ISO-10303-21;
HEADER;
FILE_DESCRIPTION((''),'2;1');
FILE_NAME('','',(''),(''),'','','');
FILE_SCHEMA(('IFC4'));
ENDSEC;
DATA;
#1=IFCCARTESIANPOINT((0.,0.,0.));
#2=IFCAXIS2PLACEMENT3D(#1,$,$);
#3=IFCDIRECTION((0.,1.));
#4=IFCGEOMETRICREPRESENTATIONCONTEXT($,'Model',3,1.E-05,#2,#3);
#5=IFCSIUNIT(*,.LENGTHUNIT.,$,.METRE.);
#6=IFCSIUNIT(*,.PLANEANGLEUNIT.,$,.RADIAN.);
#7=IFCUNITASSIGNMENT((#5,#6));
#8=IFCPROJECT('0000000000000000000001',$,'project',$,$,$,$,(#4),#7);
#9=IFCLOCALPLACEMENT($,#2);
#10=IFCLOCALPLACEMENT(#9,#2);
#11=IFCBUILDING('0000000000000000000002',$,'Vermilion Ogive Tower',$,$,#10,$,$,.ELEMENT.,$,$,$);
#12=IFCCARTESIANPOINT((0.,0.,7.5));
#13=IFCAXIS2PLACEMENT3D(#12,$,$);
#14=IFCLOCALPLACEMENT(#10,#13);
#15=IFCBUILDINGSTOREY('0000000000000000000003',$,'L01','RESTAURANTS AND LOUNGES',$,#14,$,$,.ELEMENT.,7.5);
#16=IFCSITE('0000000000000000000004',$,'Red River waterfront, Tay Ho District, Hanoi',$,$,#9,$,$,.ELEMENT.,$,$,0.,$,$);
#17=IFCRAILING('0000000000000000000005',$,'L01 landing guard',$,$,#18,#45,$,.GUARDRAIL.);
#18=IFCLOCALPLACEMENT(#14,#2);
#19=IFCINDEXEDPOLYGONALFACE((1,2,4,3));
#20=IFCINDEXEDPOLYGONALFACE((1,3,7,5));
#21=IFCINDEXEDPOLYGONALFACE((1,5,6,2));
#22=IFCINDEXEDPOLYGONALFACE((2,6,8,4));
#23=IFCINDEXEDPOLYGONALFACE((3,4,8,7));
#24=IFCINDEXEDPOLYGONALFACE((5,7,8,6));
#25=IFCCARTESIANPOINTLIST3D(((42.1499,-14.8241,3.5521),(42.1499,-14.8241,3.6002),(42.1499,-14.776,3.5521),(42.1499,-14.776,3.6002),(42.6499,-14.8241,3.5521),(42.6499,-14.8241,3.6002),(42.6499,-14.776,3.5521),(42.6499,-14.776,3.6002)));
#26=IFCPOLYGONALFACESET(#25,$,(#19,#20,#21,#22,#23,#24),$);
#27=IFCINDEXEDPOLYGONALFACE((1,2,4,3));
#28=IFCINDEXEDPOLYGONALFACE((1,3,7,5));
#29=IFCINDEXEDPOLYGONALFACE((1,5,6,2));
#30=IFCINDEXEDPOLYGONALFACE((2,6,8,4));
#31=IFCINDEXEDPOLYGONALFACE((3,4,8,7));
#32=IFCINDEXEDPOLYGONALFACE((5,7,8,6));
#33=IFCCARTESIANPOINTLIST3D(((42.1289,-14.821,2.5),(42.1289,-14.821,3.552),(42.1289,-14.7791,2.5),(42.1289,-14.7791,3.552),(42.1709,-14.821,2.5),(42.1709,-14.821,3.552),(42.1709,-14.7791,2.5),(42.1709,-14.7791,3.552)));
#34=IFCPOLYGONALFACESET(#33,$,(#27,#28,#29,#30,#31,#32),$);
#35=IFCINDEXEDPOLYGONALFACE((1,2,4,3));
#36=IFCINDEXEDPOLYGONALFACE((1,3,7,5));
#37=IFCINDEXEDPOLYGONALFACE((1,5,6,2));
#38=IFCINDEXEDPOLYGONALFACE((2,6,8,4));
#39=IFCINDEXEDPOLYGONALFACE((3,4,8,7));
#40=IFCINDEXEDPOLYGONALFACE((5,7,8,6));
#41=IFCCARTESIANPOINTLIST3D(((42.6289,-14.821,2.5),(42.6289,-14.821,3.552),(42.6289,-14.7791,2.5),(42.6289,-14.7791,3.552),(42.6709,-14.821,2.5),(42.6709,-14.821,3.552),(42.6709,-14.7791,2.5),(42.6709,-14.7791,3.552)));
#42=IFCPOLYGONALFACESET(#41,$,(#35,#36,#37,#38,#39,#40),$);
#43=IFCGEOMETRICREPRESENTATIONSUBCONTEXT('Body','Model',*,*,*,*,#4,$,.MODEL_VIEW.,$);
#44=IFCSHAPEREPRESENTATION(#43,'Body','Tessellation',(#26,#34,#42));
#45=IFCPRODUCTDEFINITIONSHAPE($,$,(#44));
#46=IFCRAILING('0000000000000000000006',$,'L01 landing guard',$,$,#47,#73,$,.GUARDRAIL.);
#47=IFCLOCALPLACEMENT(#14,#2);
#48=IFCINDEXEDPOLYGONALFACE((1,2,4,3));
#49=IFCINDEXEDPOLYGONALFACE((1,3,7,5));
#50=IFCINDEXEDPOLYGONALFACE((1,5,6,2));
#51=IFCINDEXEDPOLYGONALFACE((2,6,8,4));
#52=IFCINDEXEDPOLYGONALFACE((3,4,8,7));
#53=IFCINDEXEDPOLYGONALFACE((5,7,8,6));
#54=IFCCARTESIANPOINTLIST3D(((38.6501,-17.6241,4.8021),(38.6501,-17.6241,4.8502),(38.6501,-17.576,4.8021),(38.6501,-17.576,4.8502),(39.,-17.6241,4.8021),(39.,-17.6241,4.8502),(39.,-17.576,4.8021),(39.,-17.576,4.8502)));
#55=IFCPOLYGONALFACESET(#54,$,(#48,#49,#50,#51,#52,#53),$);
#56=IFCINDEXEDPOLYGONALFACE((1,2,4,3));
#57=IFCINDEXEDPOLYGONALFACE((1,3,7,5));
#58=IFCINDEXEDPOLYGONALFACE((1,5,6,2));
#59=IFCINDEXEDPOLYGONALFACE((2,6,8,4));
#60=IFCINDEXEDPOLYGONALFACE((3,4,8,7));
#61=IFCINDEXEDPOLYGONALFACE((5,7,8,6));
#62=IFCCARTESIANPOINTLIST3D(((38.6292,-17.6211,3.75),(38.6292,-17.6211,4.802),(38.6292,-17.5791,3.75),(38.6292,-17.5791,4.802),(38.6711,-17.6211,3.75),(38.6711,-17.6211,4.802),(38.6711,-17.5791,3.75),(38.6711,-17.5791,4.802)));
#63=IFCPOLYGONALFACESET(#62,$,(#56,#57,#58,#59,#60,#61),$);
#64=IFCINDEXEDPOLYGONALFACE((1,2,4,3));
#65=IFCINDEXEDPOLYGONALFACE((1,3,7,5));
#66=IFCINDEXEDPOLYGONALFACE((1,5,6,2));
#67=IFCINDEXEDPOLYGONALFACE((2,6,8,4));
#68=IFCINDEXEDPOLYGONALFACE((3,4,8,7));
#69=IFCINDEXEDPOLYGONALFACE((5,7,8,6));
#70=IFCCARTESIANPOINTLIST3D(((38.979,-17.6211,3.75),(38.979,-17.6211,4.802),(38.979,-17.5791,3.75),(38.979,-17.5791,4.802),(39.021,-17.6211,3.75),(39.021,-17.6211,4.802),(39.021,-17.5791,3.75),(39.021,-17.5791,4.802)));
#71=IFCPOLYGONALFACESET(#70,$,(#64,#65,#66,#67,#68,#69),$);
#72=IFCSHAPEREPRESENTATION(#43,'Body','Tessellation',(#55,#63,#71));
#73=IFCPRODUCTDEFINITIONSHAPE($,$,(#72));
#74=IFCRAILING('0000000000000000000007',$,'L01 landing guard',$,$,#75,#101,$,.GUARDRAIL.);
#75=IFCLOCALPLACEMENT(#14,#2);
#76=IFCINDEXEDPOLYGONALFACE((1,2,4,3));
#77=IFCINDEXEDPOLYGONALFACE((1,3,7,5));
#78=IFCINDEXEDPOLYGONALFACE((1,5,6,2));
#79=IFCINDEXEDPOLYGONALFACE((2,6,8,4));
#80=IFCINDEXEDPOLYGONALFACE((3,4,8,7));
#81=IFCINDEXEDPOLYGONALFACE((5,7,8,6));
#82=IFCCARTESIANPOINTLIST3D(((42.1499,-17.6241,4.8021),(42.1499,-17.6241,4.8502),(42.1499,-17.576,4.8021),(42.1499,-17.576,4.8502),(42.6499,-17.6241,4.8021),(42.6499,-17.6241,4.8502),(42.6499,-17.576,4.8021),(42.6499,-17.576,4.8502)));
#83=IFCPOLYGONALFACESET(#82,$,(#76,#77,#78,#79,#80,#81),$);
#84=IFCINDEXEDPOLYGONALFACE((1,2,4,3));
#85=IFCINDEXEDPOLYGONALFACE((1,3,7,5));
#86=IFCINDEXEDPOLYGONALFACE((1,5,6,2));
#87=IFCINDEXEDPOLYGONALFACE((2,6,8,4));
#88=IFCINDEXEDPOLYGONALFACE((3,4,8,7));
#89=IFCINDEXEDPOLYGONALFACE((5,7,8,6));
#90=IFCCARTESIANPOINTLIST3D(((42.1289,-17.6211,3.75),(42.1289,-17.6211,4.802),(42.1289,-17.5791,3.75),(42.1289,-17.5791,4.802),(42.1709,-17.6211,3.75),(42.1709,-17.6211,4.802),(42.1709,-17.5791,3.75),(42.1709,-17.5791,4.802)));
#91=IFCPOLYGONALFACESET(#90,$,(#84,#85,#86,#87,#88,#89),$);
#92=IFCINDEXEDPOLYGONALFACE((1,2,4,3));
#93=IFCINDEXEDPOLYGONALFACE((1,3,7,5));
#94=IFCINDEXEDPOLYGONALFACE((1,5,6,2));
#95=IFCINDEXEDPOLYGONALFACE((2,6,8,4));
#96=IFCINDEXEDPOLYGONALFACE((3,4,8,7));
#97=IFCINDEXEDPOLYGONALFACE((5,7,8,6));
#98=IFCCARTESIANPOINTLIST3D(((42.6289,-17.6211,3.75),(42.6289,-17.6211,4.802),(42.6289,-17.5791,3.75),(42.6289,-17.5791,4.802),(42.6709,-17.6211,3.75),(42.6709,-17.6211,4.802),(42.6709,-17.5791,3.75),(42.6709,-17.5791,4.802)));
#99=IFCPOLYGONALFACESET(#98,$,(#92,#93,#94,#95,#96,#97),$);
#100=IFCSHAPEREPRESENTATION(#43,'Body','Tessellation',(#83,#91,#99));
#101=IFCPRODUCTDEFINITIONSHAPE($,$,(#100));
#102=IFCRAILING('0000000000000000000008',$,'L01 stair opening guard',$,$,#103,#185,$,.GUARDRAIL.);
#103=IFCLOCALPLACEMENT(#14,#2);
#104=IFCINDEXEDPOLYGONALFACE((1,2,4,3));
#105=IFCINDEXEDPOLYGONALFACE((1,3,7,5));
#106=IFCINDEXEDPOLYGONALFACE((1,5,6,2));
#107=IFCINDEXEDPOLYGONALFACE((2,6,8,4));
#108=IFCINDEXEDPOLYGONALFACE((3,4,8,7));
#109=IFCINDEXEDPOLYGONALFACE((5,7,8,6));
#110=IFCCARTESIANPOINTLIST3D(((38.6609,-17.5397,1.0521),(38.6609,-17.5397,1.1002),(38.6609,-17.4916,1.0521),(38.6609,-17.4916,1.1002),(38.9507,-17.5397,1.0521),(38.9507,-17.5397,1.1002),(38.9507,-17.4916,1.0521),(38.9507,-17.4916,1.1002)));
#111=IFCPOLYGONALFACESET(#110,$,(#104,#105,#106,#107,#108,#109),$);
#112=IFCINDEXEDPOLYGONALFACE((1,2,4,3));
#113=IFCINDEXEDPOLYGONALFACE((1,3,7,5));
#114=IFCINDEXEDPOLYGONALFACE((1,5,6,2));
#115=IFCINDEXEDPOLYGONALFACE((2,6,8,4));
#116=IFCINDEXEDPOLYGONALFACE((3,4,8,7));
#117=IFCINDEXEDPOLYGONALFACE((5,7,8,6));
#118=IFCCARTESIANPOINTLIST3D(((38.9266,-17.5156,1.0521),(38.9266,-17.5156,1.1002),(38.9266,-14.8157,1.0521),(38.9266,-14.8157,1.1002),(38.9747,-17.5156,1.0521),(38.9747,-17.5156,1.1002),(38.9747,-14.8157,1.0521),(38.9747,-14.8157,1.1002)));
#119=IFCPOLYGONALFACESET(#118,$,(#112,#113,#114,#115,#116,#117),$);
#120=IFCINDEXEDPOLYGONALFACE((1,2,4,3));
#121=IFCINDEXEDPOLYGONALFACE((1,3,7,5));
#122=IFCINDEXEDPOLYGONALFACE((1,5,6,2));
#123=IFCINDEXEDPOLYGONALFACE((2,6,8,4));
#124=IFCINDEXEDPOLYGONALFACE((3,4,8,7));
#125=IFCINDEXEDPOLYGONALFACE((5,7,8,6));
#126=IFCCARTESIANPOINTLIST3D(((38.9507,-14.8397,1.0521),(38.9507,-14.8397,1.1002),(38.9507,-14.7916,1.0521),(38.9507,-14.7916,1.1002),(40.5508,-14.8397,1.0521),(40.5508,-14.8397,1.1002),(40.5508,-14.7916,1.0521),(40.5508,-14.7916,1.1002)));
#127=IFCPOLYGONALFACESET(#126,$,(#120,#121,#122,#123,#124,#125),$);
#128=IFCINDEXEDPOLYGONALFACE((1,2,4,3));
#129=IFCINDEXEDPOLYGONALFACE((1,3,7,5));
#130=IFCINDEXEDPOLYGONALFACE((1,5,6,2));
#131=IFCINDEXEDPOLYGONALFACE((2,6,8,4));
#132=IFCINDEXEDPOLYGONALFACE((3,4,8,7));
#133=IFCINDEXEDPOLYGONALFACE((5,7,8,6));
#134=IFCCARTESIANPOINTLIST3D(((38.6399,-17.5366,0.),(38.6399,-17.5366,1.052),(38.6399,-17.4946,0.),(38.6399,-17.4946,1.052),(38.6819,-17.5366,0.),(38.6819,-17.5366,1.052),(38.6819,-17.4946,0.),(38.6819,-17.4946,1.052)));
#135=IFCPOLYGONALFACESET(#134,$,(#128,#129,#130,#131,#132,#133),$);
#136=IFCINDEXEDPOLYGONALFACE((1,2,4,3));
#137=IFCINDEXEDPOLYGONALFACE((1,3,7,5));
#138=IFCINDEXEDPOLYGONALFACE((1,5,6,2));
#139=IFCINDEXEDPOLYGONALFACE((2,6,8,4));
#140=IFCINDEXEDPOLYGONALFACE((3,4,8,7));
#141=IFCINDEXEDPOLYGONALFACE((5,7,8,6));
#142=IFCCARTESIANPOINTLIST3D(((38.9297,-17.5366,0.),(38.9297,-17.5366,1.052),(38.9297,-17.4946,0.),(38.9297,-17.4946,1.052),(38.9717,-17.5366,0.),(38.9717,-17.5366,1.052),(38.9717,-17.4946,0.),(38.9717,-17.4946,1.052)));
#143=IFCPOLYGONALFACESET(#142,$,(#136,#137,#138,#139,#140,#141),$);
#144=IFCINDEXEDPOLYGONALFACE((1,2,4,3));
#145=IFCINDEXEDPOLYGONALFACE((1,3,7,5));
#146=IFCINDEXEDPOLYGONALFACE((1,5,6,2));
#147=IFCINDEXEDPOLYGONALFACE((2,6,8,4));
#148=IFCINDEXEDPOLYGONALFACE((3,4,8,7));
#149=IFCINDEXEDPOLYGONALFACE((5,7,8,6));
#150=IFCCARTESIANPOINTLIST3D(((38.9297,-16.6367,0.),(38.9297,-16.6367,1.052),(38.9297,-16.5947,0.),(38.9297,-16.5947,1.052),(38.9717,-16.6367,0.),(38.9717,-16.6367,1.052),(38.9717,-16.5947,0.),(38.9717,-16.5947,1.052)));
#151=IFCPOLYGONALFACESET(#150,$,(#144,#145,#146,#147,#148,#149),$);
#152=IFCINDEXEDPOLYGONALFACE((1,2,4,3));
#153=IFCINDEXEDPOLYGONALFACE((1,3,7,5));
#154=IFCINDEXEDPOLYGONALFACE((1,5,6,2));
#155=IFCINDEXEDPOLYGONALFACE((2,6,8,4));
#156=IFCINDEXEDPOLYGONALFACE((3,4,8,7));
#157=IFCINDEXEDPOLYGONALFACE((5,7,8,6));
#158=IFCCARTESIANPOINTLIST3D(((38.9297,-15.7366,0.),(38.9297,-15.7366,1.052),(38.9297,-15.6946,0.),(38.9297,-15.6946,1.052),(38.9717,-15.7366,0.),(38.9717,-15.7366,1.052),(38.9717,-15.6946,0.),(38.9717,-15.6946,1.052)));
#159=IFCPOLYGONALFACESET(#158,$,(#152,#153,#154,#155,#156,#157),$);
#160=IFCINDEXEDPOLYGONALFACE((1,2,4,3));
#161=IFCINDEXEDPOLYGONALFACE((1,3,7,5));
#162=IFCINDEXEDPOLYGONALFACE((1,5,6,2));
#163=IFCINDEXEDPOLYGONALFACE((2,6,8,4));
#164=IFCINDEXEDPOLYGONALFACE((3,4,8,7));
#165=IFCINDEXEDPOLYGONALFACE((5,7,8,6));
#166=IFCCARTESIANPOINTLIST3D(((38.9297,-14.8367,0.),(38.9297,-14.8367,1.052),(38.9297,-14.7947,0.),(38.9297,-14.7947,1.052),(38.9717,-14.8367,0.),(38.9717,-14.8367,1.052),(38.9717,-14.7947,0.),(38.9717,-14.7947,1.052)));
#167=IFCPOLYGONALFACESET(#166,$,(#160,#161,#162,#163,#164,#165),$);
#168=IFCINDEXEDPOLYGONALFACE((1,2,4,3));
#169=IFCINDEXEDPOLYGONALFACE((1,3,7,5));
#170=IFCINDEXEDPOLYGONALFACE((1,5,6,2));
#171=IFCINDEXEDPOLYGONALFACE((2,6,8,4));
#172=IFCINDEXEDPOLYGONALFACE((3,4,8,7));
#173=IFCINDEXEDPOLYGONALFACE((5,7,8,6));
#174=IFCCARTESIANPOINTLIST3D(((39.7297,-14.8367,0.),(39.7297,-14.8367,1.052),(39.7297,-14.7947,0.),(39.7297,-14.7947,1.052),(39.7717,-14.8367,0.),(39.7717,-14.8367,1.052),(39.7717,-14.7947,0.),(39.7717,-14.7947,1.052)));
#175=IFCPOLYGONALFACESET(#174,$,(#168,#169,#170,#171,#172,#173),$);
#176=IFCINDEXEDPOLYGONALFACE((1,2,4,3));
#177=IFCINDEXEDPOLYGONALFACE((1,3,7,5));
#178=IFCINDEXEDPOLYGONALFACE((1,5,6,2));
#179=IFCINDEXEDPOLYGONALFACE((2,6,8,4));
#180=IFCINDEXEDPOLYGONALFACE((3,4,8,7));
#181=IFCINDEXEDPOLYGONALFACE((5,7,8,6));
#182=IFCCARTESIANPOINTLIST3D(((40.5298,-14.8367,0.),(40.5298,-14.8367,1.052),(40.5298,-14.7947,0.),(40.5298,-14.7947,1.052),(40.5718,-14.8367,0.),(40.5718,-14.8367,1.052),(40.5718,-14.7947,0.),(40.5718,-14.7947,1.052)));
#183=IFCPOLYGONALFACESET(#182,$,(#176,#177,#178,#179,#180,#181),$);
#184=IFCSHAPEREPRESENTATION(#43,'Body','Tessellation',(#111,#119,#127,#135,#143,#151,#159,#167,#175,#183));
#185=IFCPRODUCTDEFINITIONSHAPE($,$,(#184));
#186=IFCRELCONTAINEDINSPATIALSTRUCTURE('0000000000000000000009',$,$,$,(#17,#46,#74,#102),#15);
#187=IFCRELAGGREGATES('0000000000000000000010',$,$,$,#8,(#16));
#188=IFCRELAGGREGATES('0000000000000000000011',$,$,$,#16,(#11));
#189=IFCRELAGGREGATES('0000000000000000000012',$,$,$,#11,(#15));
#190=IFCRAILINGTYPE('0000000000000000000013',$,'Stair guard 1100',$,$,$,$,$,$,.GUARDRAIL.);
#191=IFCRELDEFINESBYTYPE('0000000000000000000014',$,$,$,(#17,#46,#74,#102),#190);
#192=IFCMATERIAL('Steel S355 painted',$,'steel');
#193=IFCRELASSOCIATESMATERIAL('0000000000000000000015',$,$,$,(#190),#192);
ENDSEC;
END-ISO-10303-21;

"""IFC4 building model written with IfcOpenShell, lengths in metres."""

from ifc_helpers import new_model, si_unit, direction, frame, origin, origin_2d, place, context, subcontext, project, spatial, rectangle, extrude, material, type_object, element, save


model = new_model("IFC4")

# Units and contexts
model_context = context("Model", 3, precision=1e-05, world=origin(), true_north=direction((0.0, 1.0)))
body_context = subcontext(model_context, "Body", "Model", "MODEL_VIEW")
ifc_project = project(units=[si_unit("LENGTHUNIT", "METRE"), si_unit("PLANEANGLEUNIT", "RADIAN")], contexts=[model_context])

# Site, building, storey
site_placement = place(None, origin())
site = spatial("IfcSite", under=ifc_project, at=site_placement, Name="Red River waterfront, Tay Ho District, Hanoi", CompositionType="ELEMENT", RefElevation=0.0)
building_placement = place(site_placement, origin())
building = spatial("IfcBuilding", under=site, at=building_placement, Name="Vermilion Ogive Tower", CompositionType="ELEMENT")
storey_placement = place(building_placement, frame((0.0, 0.0, 7.5)))
storey = spatial("IfcBuildingStorey", under=building, at=storey_placement, Name="L01", Description="RESTAURANTS AND LOUNGES", CompositionType="ELEMENT", Elevation=7.5)

# Railings
ifc_material_1 = material(Name="Steel S355 painted", Category="steel")
railing_type_1 = type_object("IfcRailingType", Name="Stair guard 1100", PredefinedType="GUARDRAIL", material=ifc_material_1)
railing_1_placement = place(storey_placement, frame((42.1499, -14.8, 2.5)))
element("IfcRailing", 1, at=railing_1_placement, inside=storey, type_object=railing_type_1, Name="L01 landing guard", PredefinedType="GUARDRAIL", context=body_context, shape_type="SweptSolid", body=[
    extrude(rectangle(XDim=0.0481, YDim=0.0481, at=origin_2d()), frame((0.0, 0.0, 1.0762), z_axis=(1.0, 0.0, 0.0), x_axis=(0.0, 1.0, 0.0)), (0.0, 0.0, 1.0), 0.5),
    extrude(rectangle(XDim=0.042, YDim=0.042, at=origin_2d()), origin(), (0.0, 0.0, 1.0), 1.052),
    extrude(rectangle(XDim=0.042, YDim=0.042, at=origin_2d()), frame((0.5, 0.0, 0.0)), (0.0, 0.0, 1.0), 1.052),
])
railing_2_placement = place(storey_placement, frame((38.6501, -17.6001, 3.75)))
element("IfcRailing", 2, at=railing_2_placement, inside=storey, type_object=railing_type_1, Name="L01 landing guard", PredefinedType="GUARDRAIL", context=body_context, shape_type="SweptSolid", body=[
    extrude(rectangle(XDim=0.0481, YDim=0.0481, at=origin_2d()), frame((0.0, 0.0, 1.0762), z_axis=(1.0, 0.0, 0.0), x_axis=(0.0, 1.0, 0.0)), (0.0, 0.0, 1.0), 0.3499),
    extrude(rectangle(XDim=0.042, YDim=0.042, at=origin_2d()), origin(), (0.0, 0.0, 1.0), 1.052),
    extrude(rectangle(XDim=0.042, YDim=0.042, at=origin_2d()), frame((0.3499, 0.0, 0.0)), (0.0, 0.0, 1.0), 1.052),
])
railing_3_placement = place(storey_placement, frame((42.1499, -17.6001, 3.75)))
element("IfcRailing", 3, at=railing_3_placement, inside=storey, type_object=railing_type_1, Name="L01 landing guard", PredefinedType="GUARDRAIL", context=body_context, shape_type="SweptSolid", body=[
    extrude(rectangle(XDim=0.0481, YDim=0.0481, at=origin_2d()), frame((0.0, 0.0, 1.0762), z_axis=(1.0, 0.0, 0.0), x_axis=(0.0, 1.0, 0.0)), (0.0, 0.0, 1.0), 0.5),
    extrude(rectangle(XDim=0.042, YDim=0.042, at=origin_2d()), origin(), (0.0, 0.0, 1.0), 1.052),
    extrude(rectangle(XDim=0.042, YDim=0.042, at=origin_2d()), frame((0.5, 0.0, 0.0)), (0.0, 0.0, 1.0), 1.052),
])
railing_4_placement = place(storey_placement, frame((38.6609, -17.5156, 0.0)))
element("IfcRailing", 4, at=railing_4_placement, inside=storey, type_object=railing_type_1, Name="L01 stair opening guard", PredefinedType="GUARDRAIL", context=body_context, shape_type="SweptSolid", body=[
    extrude(rectangle(XDim=0.0481, YDim=0.0481, at=origin_2d()), frame((0.0, 0.0, 1.0762), z_axis=(1.0, 0.0, 0.0), x_axis=(0.0, 1.0, 0.0)), (0.0, 0.0, 1.0), 0.2898),
    extrude(rectangle(XDim=0.0481, YDim=0.0481, at=origin_2d()), frame((0.2898, 0.0, 1.0762), z_axis=(0.0, 1.0, 0.0), x_axis=(-1.0, 0.0, 0.0)), (0.0, 0.0, 1.0), 2.7),
    extrude(rectangle(XDim=0.0481, YDim=0.0481, at=origin_2d()), frame((0.2898, 2.7, 1.0762), z_axis=(1.0, 0.0, 0.0), x_axis=(0.0, 1.0, 0.0)), (0.0, 0.0, 1.0), 1.6001),
    extrude(rectangle(XDim=0.042, YDim=0.042, at=origin_2d()), origin(), (0.0, 0.0, 1.0), 1.052),
    extrude(rectangle(XDim=0.042, YDim=0.042, at=origin_2d()), frame((0.2898, 0.0, 0.0)), (0.0, 0.0, 1.0), 1.052),
    extrude(rectangle(XDim=0.042, YDim=0.042, at=origin_2d()), frame((0.2898, 0.8999, 0.0)), (0.0, 0.0, 1.0), 1.052),
    extrude(rectangle(XDim=0.042, YDim=0.042, at=origin_2d()), frame((0.2898, 1.8, 0.0)), (0.0, 0.0, 1.0), 1.052),
    extrude(rectangle(XDim=0.042, YDim=0.042, at=origin_2d()), frame((0.2898, 2.7, 0.0)), (0.0, 0.0, 1.0), 1.052),
    extrude(rectangle(XDim=0.042, YDim=0.042, at=origin_2d()), frame((1.0898, 2.7, 0.0)), (0.0, 0.0, 1.0), 1.052),
    extrude(rectangle(XDim=0.042, YDim=0.042, at=origin_2d()), frame((1.8899, 2.7, 0.0)), (0.0, 0.0, 1.0), 1.052),
])

save(model, "model.ifc")
